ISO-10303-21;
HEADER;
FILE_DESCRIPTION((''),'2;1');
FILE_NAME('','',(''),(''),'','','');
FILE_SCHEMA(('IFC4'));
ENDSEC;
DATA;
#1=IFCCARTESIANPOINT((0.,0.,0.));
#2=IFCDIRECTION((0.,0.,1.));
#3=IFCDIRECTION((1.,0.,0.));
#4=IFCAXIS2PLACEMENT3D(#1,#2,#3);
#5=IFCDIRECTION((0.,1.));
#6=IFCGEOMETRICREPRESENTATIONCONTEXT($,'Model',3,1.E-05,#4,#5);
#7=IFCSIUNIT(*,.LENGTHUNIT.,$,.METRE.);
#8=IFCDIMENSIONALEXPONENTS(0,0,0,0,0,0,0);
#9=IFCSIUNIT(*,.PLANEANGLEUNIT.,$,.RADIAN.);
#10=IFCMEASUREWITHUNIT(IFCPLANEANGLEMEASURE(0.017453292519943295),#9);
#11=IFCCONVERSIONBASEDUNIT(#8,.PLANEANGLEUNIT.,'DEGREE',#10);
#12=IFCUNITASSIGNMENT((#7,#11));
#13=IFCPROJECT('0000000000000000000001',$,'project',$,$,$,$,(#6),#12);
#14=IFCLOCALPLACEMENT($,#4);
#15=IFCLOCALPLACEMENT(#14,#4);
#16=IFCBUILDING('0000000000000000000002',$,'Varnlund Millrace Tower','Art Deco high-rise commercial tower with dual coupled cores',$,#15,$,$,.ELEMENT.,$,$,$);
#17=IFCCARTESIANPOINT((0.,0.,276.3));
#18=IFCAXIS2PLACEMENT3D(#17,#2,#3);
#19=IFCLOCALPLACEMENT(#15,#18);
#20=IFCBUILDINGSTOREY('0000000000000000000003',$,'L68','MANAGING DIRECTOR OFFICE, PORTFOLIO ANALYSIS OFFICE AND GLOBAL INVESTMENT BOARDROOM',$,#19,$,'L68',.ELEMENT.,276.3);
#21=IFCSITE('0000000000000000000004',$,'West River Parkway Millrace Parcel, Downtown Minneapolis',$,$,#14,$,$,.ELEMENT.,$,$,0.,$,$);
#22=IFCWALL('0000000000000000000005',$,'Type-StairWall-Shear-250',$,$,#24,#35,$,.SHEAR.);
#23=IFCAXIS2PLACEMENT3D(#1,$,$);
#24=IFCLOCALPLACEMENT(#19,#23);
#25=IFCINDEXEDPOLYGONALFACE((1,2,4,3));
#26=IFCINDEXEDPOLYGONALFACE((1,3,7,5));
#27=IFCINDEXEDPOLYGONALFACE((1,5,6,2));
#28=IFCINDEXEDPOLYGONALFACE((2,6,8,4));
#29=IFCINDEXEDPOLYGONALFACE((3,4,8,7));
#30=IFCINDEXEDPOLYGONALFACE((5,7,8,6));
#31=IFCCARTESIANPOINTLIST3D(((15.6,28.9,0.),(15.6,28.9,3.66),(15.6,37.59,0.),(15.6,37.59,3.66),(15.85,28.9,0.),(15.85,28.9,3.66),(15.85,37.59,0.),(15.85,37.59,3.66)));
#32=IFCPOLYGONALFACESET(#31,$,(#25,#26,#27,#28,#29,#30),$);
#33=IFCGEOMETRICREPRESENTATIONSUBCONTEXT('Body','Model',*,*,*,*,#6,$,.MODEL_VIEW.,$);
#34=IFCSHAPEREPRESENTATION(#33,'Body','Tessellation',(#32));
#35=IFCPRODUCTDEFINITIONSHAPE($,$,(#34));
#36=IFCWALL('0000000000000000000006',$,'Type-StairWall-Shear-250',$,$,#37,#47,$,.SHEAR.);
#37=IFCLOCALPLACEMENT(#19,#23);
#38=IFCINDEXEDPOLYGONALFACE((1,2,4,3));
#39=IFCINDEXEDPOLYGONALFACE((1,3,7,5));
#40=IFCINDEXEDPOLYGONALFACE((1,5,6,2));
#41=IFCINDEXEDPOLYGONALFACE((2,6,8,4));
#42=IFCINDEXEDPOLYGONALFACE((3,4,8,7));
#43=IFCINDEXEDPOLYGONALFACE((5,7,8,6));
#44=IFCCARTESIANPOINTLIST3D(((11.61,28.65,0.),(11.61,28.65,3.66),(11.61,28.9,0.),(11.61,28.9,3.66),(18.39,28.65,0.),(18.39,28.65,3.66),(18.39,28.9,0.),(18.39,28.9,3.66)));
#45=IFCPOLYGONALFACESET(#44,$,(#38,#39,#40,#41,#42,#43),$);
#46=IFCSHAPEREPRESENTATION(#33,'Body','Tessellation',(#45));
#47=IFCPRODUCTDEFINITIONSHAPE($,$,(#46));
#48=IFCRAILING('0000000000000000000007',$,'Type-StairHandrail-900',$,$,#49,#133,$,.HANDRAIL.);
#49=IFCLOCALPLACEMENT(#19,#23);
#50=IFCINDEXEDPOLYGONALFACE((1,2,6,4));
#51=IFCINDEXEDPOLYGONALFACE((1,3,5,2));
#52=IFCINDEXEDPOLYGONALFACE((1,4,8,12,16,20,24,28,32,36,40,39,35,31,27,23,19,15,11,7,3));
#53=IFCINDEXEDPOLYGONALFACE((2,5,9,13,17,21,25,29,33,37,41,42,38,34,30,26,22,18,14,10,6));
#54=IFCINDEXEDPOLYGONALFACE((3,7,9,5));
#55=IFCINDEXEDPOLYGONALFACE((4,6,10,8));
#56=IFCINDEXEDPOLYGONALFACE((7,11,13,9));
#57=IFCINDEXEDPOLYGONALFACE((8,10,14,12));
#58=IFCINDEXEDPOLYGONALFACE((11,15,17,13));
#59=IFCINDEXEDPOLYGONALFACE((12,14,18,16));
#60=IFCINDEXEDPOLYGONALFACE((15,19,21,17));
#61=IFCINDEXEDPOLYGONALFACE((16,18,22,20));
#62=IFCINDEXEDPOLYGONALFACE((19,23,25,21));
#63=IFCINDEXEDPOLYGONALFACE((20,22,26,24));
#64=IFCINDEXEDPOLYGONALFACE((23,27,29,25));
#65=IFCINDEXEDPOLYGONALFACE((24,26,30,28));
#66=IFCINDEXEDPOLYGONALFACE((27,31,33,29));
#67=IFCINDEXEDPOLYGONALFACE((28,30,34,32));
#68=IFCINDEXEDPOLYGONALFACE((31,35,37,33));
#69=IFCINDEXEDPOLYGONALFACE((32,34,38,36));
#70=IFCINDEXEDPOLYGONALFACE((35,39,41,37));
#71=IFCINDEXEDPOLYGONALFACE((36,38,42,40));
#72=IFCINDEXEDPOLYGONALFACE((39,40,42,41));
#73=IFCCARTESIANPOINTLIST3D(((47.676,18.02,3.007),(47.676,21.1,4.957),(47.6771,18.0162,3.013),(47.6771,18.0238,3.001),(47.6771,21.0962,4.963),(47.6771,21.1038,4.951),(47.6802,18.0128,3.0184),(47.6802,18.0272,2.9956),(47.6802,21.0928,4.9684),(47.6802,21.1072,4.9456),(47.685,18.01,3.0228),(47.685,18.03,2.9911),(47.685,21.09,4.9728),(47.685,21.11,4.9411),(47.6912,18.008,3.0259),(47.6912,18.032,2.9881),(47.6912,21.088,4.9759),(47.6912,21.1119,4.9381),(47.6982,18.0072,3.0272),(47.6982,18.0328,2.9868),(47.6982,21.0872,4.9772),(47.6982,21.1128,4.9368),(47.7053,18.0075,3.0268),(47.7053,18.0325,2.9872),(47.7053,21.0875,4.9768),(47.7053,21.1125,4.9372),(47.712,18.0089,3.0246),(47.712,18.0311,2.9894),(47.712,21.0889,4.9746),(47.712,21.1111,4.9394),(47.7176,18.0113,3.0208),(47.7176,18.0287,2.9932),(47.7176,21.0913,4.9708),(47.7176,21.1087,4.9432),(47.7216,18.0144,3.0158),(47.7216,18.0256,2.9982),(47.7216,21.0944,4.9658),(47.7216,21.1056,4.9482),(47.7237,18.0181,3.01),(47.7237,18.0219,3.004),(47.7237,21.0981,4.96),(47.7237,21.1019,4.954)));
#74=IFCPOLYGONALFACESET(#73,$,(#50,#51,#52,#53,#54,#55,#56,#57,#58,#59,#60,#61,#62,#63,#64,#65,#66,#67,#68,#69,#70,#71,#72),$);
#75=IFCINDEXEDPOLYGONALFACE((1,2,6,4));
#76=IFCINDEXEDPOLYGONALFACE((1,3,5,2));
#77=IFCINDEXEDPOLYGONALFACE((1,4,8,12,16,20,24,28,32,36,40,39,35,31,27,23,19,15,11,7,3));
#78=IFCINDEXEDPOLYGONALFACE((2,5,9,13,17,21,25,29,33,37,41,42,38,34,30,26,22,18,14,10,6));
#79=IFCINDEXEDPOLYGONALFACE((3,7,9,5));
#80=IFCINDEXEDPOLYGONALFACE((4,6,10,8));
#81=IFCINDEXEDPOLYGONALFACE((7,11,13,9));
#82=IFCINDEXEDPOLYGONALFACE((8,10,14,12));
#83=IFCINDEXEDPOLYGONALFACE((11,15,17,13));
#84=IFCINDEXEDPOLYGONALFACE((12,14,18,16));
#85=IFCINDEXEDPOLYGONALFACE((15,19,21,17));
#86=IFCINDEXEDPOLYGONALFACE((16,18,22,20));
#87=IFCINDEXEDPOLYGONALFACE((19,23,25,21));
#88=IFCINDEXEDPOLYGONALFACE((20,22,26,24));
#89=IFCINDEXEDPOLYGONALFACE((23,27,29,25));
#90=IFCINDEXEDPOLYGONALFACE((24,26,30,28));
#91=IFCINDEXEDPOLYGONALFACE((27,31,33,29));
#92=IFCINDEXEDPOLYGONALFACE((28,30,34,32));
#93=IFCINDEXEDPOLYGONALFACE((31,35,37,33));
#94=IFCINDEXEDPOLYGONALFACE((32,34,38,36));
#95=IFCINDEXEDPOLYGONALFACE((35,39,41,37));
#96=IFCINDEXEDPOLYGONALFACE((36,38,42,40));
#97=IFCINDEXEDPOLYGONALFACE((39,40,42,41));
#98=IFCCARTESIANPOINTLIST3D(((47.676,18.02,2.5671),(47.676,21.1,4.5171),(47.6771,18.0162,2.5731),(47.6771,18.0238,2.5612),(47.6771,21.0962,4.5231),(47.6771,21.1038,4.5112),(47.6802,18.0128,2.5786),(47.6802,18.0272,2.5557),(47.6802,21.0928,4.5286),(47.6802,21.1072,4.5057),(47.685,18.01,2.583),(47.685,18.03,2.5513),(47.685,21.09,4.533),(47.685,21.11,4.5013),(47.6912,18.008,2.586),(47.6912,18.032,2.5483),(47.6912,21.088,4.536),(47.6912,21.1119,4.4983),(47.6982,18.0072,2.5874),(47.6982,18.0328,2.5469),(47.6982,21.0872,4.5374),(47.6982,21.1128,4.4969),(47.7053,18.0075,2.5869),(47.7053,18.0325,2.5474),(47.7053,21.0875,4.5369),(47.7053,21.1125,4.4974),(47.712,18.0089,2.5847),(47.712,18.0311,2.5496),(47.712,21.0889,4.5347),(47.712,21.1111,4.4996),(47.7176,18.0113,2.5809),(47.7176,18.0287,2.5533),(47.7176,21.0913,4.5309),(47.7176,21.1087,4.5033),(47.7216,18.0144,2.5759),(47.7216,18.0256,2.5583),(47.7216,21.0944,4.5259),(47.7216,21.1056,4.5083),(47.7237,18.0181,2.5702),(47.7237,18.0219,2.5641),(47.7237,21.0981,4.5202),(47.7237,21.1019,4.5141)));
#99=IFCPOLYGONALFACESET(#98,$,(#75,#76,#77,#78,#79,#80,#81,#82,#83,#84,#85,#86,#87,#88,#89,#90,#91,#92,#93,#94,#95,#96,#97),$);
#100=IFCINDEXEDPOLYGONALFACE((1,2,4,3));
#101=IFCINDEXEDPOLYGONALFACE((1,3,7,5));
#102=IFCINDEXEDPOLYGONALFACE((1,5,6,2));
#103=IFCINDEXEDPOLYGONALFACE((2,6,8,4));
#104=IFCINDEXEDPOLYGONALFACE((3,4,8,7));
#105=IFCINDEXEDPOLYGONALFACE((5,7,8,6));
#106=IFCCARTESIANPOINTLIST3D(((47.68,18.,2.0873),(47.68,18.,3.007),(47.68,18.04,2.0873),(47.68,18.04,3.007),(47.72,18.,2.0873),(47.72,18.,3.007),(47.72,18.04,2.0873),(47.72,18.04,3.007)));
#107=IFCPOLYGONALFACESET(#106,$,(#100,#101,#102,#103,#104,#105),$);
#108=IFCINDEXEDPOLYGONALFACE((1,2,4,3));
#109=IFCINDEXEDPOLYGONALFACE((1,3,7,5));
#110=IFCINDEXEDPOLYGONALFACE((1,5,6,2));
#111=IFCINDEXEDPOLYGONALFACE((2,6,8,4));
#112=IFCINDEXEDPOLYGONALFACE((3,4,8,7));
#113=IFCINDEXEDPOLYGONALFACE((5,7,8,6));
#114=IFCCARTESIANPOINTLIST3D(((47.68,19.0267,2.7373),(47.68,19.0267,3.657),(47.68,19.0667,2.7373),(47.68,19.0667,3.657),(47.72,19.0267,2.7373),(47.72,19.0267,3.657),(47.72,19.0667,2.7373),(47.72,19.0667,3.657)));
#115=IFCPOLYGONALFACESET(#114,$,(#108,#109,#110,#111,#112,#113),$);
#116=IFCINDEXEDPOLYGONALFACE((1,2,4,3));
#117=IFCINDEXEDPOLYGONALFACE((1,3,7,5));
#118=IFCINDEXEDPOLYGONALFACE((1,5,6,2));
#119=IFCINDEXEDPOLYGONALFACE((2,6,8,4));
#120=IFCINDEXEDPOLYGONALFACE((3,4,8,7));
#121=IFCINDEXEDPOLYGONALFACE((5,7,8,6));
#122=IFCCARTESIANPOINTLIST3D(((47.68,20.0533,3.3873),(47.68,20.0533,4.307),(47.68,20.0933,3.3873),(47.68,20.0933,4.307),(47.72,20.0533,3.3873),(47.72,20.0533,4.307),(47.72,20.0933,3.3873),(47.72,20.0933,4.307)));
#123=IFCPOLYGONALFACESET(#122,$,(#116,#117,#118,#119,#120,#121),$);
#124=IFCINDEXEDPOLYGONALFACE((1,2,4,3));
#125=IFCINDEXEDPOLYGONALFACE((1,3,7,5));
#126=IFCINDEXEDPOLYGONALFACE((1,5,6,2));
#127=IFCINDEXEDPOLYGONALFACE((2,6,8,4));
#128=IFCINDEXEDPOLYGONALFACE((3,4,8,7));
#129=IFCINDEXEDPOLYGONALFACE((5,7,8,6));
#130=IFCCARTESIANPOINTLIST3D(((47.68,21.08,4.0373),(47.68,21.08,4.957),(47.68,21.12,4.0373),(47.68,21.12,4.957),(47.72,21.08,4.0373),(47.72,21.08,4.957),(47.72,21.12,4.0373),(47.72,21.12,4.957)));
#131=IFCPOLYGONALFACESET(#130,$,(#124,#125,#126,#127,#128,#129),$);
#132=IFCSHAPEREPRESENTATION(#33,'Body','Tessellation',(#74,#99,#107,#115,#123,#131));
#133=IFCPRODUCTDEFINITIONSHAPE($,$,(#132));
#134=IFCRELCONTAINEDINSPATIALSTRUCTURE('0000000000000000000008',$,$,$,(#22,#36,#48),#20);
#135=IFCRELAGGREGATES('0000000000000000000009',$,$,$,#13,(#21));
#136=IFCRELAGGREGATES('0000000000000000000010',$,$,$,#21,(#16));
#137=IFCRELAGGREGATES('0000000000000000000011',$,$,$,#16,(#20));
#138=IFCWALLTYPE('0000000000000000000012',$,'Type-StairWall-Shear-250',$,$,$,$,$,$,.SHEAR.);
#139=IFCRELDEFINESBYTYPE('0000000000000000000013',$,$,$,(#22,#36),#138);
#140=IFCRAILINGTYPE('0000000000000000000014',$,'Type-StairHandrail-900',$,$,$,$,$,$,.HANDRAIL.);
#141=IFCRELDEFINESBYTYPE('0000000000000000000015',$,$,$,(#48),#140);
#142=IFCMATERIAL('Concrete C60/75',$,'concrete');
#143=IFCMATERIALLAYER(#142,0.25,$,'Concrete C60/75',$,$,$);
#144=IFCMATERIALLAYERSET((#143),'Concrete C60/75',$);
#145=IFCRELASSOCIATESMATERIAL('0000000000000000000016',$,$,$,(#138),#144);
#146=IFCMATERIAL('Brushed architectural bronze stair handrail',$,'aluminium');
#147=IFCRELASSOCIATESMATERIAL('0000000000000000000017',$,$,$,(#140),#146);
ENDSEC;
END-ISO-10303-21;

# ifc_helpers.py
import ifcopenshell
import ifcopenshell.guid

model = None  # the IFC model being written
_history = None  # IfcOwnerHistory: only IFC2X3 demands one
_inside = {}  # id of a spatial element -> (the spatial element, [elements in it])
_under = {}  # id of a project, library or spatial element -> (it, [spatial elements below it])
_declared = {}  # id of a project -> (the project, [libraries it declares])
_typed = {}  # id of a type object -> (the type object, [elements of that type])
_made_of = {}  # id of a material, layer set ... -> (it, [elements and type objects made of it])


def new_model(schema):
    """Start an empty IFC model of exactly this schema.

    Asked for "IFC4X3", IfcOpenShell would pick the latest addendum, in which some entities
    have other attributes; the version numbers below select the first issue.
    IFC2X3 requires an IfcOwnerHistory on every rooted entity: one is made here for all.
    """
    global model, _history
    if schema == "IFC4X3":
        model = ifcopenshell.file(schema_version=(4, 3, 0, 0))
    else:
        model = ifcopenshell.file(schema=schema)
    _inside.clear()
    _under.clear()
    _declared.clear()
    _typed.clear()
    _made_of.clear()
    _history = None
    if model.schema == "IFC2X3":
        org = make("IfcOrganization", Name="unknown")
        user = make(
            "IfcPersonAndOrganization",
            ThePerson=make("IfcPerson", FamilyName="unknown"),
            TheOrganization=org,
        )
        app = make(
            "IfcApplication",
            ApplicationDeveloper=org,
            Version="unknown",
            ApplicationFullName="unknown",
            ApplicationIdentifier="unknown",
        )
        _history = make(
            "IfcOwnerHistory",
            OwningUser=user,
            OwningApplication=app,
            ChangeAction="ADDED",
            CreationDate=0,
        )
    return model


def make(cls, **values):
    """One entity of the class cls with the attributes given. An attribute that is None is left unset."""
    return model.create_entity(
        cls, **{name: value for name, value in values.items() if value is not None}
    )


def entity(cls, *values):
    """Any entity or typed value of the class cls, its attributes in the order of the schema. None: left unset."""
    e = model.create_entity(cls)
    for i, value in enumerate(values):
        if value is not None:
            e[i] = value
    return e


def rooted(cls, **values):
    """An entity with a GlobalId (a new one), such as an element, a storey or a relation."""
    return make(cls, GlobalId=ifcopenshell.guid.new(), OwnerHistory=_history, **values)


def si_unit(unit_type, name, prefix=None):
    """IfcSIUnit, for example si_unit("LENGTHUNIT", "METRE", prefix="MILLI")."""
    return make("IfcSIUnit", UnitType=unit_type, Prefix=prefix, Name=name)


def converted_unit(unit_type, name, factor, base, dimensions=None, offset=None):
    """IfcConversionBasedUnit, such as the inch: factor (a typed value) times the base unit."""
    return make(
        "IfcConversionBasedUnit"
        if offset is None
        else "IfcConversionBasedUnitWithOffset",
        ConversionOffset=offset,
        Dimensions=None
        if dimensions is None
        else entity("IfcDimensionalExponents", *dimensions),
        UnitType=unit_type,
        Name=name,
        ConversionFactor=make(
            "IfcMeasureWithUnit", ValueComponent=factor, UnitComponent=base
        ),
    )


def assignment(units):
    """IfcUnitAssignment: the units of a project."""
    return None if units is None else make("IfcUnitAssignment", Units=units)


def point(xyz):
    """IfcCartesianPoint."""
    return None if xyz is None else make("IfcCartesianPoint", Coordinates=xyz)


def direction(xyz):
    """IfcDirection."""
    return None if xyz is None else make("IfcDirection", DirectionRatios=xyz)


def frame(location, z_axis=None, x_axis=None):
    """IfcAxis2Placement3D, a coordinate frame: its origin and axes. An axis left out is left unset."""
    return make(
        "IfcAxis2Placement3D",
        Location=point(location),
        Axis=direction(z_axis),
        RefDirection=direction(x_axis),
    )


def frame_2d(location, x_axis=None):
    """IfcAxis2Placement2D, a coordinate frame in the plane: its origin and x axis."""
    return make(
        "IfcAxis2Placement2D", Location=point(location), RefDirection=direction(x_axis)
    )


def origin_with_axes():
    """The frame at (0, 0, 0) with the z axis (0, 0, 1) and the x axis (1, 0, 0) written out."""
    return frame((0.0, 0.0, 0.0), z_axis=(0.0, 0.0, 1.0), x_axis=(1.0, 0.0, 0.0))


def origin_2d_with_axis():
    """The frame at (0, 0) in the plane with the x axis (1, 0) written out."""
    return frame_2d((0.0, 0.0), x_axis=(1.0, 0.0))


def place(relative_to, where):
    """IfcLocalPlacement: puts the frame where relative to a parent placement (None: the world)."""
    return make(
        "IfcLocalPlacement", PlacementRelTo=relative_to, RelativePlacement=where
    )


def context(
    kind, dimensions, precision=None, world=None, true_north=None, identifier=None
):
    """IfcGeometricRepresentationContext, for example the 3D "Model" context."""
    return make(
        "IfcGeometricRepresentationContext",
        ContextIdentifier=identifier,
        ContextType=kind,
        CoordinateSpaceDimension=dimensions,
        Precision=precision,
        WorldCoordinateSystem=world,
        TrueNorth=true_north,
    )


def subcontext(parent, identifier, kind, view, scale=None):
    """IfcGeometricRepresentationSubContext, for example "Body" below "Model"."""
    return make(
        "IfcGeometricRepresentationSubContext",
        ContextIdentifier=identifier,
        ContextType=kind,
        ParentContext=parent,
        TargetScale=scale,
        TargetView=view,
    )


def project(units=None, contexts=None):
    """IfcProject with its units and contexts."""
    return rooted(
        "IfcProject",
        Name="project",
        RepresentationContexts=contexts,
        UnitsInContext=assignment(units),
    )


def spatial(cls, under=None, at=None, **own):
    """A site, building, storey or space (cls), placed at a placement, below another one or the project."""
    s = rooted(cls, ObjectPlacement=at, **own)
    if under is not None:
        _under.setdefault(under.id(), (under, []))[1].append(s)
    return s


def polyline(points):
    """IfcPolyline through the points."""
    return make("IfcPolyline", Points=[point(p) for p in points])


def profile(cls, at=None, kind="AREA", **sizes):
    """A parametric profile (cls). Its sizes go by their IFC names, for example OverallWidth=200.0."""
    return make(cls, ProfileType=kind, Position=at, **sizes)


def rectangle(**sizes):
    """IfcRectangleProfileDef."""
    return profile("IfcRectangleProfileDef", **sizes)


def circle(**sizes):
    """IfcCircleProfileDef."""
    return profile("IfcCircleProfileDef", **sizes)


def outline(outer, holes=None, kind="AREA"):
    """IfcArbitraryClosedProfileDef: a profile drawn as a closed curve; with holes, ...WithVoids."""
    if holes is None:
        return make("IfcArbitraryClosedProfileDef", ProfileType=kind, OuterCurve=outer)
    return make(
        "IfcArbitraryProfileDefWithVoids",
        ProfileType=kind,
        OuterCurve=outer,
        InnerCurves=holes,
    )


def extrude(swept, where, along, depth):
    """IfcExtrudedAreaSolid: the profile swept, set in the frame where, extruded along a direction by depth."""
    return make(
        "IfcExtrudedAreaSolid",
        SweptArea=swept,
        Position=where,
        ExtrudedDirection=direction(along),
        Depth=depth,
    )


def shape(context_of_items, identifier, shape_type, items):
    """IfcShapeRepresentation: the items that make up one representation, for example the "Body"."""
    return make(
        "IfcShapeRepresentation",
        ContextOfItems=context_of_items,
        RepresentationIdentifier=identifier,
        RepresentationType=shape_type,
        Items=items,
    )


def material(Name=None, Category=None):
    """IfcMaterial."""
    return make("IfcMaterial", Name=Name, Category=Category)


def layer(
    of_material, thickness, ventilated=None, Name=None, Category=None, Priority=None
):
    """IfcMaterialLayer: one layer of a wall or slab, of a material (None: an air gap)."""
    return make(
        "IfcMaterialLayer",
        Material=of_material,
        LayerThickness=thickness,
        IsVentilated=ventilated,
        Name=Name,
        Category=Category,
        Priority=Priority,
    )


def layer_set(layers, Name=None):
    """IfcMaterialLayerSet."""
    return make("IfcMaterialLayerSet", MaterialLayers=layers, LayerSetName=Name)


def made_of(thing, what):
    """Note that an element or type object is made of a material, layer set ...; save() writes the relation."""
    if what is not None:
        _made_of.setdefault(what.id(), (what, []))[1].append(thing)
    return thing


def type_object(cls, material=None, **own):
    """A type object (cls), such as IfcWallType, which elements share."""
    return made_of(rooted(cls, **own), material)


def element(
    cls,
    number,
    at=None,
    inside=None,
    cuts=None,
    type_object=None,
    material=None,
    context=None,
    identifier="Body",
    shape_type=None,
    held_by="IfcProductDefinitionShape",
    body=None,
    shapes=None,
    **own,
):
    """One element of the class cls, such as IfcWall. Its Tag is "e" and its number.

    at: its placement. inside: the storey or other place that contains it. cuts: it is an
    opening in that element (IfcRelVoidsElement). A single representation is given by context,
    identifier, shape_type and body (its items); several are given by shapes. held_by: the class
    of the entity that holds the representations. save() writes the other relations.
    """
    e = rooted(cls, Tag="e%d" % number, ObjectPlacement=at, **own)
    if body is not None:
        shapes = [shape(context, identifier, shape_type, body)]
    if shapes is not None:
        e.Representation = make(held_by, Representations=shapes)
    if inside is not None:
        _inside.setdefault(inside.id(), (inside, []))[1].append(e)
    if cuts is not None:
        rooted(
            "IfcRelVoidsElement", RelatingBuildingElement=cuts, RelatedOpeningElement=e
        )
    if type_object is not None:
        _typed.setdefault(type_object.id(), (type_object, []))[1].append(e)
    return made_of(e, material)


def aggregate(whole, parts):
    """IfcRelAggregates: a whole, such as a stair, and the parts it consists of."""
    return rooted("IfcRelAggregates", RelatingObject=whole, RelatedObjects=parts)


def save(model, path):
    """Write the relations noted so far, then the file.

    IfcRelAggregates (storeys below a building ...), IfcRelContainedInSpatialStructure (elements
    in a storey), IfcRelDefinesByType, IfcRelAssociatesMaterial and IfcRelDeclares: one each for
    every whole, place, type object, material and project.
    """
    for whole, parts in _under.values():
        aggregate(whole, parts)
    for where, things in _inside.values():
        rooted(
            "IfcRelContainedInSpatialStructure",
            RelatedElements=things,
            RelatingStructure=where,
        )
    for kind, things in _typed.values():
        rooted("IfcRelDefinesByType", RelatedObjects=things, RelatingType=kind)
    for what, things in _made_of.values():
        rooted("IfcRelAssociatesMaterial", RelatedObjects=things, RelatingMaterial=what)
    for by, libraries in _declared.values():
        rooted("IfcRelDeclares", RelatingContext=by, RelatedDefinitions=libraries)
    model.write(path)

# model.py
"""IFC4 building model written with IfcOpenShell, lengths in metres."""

from ifc_helpers import new_model, entity, si_unit, converted_unit, direction, frame, origin_with_axes, origin_2d_with_axis, place, context, subcontext, project, spatial, polyline, rectangle, circle, outline, extrude, material, layer, layer_set, type_object, element, save


model = new_model("IFC4")

# Units and contexts
model_context = context("Model", 3, precision=1e-05, world=origin_with_axes(), true_north=direction((0.0, 1.0)))
body_context = subcontext(model_context, "Body", "Model", "MODEL_VIEW")
ifc_project = project(units=[si_unit("LENGTHUNIT", "METRE"), converted_unit("PLANEANGLEUNIT", "DEGREE", entity("IfcPlaneAngleMeasure", 0.017453292519943295), si_unit("PLANEANGLEUNIT", "RADIAN"), dimensions=[0, 0, 0, 0, 0, 0, 0])], contexts=[model_context])

# Site, building, storey
site_placement = place(None, origin_with_axes())
site = spatial("IfcSite", under=ifc_project, at=site_placement, Name="West River Parkway Millrace Parcel, Downtown Minneapolis", CompositionType="ELEMENT", RefElevation=0.0)
building_placement = place(site_placement, origin_with_axes())
building = spatial("IfcBuilding", under=site, at=building_placement, Name="Varnlund Millrace Tower", Description="Art Deco high-rise commercial tower with dual coupled cores", CompositionType="ELEMENT")
storey_placement = place(building_placement, frame((0.0, 0.0, 276.3), z_axis=(0.0, 0.0, 1.0), x_axis=(1.0, 0.0, 0.0)))
storey = spatial("IfcBuildingStorey", under=building, at=storey_placement, Name="L68", Description="MANAGING DIRECTOR OFFICE, PORTFOLIO ANALYSIS OFFICE AND GLOBAL INVESTMENT BOARDROOM", LongName="L68", CompositionType="ELEMENT", Elevation=276.3)

# Shared definitions
ifc_material_1 = material(Name="Concrete C60/75", Category="concrete")

# Walls
ifc_layer_1 = layer(ifc_material_1, 0.25, Name="Concrete C60/75")
ifc_layer_set_1 = layer_set([ifc_layer_1], Name="Concrete C60/75")
wall_type_1 = type_object("IfcWallType", Name="Type-StairWall-Shear-250", PredefinedType="SHEAR", material=ifc_layer_set_1)
wall_1_placement = place(storey_placement, frame((15.725, 28.9, 0.0), z_axis=(0.0, 0.0, 1.0), x_axis=(0.0, 1.0, 0.0)))
element("IfcWall", 1, at=wall_1_placement, inside=storey, type_object=wall_type_1, Name="Type-StairWall-Shear-250", PredefinedType="SHEAR", context=body_context, shape_type="SweptSolid", body=[
    extrude(outline(polyline([(0.0, -0.125), (8.69, -0.125), (8.69, 0.125), (0.0, 0.125), (0.0, -0.125)])), origin_with_axes(), (0.0, 0.0, 1.0), 3.66),
])
wall_2_placement = place(storey_placement, frame((11.61, 28.775, 0.0), z_axis=(0.0, 0.0, 1.0), x_axis=(1.0, 0.0, 0.0)))
element("IfcWall", 2, at=wall_2_placement, inside=storey, type_object=wall_type_1, Name="Type-StairWall-Shear-250", PredefinedType="SHEAR", context=body_context, shape_type="SweptSolid", body=[
    extrude(outline(polyline([(0.0, -0.125), (6.78, -0.125), (6.78, 0.125), (0.0, 0.125), (0.0, -0.125)])), origin_with_axes(), (0.0, 0.0, 1.0), 3.66),
])

# Railing
ifc_material_2 = material(Name="Brushed architectural bronze stair handrail", Category="aluminium")
railing_type = type_object("IfcRailingType", Name="Type-StairHandrail-900", PredefinedType="HANDRAIL", material=ifc_material_2)
railing_placement = place(storey_placement, frame((0.0, 0.0, -276.3), z_axis=(0.0, 0.0, 1.0), x_axis=(1.0, 0.0, 0.0)))
element("IfcRailing", 3, at=railing_placement, inside=storey, type_object=railing_type, Name="Type-StairHandrail-900", PredefinedType="HANDRAIL", context=body_context, shape_type="SweptSolid", body=[
    extrude(circle(Radius=0.024, at=origin_2d_with_axis()), frame((47.7, 18.02, 279.307), z_axis=(0.0, 0.844902, 0.534922), x_axis=(-1.0, 0.0, 0.0)), (0.0, 0.0, 1.0), 3.6454),
    extrude(circle(Radius=0.024, at=origin_2d_with_axis()), frame((47.7, 18.02, 278.8671), z_axis=(0.0, 0.844902, 0.534922), x_axis=(-1.0, 0.0, 0.0)), (0.0, 0.0, 1.0), 3.6454),
    extrude(rectangle(XDim=0.04, YDim=0.04, at=origin_2d_with_axis()), frame((47.7, 18.02, 278.3873), z_axis=(0.0, 0.0, 1.0), x_axis=(1.0, 0.0, 0.0)), (0.0, 0.0, 1.0), 0.9197),
    extrude(rectangle(XDim=0.04, YDim=0.04, at=origin_2d_with_axis()), frame((47.7, 19.0467, 279.0373), z_axis=(0.0, 0.0, 1.0), x_axis=(1.0, 0.0, 0.0)), (0.0, 0.0, 1.0), 0.9197),
    extrude(rectangle(XDim=0.04, YDim=0.04, at=origin_2d_with_axis()), frame((47.7, 20.0733, 279.6873), z_axis=(0.0, 0.0, 1.0), x_axis=(1.0, 0.0, 0.0)), (0.0, 0.0, 1.0), 0.9197),
    extrude(rectangle(XDim=0.04, YDim=0.04, at=origin_2d_with_axis()), frame((47.7, 21.1, 280.3373), z_axis=(0.0, 0.0, 1.0), x_axis=(1.0, 0.0, 0.0)), (0.0, 0.0, 1.0), 0.9197),
])

save(model, "model.ifc")
